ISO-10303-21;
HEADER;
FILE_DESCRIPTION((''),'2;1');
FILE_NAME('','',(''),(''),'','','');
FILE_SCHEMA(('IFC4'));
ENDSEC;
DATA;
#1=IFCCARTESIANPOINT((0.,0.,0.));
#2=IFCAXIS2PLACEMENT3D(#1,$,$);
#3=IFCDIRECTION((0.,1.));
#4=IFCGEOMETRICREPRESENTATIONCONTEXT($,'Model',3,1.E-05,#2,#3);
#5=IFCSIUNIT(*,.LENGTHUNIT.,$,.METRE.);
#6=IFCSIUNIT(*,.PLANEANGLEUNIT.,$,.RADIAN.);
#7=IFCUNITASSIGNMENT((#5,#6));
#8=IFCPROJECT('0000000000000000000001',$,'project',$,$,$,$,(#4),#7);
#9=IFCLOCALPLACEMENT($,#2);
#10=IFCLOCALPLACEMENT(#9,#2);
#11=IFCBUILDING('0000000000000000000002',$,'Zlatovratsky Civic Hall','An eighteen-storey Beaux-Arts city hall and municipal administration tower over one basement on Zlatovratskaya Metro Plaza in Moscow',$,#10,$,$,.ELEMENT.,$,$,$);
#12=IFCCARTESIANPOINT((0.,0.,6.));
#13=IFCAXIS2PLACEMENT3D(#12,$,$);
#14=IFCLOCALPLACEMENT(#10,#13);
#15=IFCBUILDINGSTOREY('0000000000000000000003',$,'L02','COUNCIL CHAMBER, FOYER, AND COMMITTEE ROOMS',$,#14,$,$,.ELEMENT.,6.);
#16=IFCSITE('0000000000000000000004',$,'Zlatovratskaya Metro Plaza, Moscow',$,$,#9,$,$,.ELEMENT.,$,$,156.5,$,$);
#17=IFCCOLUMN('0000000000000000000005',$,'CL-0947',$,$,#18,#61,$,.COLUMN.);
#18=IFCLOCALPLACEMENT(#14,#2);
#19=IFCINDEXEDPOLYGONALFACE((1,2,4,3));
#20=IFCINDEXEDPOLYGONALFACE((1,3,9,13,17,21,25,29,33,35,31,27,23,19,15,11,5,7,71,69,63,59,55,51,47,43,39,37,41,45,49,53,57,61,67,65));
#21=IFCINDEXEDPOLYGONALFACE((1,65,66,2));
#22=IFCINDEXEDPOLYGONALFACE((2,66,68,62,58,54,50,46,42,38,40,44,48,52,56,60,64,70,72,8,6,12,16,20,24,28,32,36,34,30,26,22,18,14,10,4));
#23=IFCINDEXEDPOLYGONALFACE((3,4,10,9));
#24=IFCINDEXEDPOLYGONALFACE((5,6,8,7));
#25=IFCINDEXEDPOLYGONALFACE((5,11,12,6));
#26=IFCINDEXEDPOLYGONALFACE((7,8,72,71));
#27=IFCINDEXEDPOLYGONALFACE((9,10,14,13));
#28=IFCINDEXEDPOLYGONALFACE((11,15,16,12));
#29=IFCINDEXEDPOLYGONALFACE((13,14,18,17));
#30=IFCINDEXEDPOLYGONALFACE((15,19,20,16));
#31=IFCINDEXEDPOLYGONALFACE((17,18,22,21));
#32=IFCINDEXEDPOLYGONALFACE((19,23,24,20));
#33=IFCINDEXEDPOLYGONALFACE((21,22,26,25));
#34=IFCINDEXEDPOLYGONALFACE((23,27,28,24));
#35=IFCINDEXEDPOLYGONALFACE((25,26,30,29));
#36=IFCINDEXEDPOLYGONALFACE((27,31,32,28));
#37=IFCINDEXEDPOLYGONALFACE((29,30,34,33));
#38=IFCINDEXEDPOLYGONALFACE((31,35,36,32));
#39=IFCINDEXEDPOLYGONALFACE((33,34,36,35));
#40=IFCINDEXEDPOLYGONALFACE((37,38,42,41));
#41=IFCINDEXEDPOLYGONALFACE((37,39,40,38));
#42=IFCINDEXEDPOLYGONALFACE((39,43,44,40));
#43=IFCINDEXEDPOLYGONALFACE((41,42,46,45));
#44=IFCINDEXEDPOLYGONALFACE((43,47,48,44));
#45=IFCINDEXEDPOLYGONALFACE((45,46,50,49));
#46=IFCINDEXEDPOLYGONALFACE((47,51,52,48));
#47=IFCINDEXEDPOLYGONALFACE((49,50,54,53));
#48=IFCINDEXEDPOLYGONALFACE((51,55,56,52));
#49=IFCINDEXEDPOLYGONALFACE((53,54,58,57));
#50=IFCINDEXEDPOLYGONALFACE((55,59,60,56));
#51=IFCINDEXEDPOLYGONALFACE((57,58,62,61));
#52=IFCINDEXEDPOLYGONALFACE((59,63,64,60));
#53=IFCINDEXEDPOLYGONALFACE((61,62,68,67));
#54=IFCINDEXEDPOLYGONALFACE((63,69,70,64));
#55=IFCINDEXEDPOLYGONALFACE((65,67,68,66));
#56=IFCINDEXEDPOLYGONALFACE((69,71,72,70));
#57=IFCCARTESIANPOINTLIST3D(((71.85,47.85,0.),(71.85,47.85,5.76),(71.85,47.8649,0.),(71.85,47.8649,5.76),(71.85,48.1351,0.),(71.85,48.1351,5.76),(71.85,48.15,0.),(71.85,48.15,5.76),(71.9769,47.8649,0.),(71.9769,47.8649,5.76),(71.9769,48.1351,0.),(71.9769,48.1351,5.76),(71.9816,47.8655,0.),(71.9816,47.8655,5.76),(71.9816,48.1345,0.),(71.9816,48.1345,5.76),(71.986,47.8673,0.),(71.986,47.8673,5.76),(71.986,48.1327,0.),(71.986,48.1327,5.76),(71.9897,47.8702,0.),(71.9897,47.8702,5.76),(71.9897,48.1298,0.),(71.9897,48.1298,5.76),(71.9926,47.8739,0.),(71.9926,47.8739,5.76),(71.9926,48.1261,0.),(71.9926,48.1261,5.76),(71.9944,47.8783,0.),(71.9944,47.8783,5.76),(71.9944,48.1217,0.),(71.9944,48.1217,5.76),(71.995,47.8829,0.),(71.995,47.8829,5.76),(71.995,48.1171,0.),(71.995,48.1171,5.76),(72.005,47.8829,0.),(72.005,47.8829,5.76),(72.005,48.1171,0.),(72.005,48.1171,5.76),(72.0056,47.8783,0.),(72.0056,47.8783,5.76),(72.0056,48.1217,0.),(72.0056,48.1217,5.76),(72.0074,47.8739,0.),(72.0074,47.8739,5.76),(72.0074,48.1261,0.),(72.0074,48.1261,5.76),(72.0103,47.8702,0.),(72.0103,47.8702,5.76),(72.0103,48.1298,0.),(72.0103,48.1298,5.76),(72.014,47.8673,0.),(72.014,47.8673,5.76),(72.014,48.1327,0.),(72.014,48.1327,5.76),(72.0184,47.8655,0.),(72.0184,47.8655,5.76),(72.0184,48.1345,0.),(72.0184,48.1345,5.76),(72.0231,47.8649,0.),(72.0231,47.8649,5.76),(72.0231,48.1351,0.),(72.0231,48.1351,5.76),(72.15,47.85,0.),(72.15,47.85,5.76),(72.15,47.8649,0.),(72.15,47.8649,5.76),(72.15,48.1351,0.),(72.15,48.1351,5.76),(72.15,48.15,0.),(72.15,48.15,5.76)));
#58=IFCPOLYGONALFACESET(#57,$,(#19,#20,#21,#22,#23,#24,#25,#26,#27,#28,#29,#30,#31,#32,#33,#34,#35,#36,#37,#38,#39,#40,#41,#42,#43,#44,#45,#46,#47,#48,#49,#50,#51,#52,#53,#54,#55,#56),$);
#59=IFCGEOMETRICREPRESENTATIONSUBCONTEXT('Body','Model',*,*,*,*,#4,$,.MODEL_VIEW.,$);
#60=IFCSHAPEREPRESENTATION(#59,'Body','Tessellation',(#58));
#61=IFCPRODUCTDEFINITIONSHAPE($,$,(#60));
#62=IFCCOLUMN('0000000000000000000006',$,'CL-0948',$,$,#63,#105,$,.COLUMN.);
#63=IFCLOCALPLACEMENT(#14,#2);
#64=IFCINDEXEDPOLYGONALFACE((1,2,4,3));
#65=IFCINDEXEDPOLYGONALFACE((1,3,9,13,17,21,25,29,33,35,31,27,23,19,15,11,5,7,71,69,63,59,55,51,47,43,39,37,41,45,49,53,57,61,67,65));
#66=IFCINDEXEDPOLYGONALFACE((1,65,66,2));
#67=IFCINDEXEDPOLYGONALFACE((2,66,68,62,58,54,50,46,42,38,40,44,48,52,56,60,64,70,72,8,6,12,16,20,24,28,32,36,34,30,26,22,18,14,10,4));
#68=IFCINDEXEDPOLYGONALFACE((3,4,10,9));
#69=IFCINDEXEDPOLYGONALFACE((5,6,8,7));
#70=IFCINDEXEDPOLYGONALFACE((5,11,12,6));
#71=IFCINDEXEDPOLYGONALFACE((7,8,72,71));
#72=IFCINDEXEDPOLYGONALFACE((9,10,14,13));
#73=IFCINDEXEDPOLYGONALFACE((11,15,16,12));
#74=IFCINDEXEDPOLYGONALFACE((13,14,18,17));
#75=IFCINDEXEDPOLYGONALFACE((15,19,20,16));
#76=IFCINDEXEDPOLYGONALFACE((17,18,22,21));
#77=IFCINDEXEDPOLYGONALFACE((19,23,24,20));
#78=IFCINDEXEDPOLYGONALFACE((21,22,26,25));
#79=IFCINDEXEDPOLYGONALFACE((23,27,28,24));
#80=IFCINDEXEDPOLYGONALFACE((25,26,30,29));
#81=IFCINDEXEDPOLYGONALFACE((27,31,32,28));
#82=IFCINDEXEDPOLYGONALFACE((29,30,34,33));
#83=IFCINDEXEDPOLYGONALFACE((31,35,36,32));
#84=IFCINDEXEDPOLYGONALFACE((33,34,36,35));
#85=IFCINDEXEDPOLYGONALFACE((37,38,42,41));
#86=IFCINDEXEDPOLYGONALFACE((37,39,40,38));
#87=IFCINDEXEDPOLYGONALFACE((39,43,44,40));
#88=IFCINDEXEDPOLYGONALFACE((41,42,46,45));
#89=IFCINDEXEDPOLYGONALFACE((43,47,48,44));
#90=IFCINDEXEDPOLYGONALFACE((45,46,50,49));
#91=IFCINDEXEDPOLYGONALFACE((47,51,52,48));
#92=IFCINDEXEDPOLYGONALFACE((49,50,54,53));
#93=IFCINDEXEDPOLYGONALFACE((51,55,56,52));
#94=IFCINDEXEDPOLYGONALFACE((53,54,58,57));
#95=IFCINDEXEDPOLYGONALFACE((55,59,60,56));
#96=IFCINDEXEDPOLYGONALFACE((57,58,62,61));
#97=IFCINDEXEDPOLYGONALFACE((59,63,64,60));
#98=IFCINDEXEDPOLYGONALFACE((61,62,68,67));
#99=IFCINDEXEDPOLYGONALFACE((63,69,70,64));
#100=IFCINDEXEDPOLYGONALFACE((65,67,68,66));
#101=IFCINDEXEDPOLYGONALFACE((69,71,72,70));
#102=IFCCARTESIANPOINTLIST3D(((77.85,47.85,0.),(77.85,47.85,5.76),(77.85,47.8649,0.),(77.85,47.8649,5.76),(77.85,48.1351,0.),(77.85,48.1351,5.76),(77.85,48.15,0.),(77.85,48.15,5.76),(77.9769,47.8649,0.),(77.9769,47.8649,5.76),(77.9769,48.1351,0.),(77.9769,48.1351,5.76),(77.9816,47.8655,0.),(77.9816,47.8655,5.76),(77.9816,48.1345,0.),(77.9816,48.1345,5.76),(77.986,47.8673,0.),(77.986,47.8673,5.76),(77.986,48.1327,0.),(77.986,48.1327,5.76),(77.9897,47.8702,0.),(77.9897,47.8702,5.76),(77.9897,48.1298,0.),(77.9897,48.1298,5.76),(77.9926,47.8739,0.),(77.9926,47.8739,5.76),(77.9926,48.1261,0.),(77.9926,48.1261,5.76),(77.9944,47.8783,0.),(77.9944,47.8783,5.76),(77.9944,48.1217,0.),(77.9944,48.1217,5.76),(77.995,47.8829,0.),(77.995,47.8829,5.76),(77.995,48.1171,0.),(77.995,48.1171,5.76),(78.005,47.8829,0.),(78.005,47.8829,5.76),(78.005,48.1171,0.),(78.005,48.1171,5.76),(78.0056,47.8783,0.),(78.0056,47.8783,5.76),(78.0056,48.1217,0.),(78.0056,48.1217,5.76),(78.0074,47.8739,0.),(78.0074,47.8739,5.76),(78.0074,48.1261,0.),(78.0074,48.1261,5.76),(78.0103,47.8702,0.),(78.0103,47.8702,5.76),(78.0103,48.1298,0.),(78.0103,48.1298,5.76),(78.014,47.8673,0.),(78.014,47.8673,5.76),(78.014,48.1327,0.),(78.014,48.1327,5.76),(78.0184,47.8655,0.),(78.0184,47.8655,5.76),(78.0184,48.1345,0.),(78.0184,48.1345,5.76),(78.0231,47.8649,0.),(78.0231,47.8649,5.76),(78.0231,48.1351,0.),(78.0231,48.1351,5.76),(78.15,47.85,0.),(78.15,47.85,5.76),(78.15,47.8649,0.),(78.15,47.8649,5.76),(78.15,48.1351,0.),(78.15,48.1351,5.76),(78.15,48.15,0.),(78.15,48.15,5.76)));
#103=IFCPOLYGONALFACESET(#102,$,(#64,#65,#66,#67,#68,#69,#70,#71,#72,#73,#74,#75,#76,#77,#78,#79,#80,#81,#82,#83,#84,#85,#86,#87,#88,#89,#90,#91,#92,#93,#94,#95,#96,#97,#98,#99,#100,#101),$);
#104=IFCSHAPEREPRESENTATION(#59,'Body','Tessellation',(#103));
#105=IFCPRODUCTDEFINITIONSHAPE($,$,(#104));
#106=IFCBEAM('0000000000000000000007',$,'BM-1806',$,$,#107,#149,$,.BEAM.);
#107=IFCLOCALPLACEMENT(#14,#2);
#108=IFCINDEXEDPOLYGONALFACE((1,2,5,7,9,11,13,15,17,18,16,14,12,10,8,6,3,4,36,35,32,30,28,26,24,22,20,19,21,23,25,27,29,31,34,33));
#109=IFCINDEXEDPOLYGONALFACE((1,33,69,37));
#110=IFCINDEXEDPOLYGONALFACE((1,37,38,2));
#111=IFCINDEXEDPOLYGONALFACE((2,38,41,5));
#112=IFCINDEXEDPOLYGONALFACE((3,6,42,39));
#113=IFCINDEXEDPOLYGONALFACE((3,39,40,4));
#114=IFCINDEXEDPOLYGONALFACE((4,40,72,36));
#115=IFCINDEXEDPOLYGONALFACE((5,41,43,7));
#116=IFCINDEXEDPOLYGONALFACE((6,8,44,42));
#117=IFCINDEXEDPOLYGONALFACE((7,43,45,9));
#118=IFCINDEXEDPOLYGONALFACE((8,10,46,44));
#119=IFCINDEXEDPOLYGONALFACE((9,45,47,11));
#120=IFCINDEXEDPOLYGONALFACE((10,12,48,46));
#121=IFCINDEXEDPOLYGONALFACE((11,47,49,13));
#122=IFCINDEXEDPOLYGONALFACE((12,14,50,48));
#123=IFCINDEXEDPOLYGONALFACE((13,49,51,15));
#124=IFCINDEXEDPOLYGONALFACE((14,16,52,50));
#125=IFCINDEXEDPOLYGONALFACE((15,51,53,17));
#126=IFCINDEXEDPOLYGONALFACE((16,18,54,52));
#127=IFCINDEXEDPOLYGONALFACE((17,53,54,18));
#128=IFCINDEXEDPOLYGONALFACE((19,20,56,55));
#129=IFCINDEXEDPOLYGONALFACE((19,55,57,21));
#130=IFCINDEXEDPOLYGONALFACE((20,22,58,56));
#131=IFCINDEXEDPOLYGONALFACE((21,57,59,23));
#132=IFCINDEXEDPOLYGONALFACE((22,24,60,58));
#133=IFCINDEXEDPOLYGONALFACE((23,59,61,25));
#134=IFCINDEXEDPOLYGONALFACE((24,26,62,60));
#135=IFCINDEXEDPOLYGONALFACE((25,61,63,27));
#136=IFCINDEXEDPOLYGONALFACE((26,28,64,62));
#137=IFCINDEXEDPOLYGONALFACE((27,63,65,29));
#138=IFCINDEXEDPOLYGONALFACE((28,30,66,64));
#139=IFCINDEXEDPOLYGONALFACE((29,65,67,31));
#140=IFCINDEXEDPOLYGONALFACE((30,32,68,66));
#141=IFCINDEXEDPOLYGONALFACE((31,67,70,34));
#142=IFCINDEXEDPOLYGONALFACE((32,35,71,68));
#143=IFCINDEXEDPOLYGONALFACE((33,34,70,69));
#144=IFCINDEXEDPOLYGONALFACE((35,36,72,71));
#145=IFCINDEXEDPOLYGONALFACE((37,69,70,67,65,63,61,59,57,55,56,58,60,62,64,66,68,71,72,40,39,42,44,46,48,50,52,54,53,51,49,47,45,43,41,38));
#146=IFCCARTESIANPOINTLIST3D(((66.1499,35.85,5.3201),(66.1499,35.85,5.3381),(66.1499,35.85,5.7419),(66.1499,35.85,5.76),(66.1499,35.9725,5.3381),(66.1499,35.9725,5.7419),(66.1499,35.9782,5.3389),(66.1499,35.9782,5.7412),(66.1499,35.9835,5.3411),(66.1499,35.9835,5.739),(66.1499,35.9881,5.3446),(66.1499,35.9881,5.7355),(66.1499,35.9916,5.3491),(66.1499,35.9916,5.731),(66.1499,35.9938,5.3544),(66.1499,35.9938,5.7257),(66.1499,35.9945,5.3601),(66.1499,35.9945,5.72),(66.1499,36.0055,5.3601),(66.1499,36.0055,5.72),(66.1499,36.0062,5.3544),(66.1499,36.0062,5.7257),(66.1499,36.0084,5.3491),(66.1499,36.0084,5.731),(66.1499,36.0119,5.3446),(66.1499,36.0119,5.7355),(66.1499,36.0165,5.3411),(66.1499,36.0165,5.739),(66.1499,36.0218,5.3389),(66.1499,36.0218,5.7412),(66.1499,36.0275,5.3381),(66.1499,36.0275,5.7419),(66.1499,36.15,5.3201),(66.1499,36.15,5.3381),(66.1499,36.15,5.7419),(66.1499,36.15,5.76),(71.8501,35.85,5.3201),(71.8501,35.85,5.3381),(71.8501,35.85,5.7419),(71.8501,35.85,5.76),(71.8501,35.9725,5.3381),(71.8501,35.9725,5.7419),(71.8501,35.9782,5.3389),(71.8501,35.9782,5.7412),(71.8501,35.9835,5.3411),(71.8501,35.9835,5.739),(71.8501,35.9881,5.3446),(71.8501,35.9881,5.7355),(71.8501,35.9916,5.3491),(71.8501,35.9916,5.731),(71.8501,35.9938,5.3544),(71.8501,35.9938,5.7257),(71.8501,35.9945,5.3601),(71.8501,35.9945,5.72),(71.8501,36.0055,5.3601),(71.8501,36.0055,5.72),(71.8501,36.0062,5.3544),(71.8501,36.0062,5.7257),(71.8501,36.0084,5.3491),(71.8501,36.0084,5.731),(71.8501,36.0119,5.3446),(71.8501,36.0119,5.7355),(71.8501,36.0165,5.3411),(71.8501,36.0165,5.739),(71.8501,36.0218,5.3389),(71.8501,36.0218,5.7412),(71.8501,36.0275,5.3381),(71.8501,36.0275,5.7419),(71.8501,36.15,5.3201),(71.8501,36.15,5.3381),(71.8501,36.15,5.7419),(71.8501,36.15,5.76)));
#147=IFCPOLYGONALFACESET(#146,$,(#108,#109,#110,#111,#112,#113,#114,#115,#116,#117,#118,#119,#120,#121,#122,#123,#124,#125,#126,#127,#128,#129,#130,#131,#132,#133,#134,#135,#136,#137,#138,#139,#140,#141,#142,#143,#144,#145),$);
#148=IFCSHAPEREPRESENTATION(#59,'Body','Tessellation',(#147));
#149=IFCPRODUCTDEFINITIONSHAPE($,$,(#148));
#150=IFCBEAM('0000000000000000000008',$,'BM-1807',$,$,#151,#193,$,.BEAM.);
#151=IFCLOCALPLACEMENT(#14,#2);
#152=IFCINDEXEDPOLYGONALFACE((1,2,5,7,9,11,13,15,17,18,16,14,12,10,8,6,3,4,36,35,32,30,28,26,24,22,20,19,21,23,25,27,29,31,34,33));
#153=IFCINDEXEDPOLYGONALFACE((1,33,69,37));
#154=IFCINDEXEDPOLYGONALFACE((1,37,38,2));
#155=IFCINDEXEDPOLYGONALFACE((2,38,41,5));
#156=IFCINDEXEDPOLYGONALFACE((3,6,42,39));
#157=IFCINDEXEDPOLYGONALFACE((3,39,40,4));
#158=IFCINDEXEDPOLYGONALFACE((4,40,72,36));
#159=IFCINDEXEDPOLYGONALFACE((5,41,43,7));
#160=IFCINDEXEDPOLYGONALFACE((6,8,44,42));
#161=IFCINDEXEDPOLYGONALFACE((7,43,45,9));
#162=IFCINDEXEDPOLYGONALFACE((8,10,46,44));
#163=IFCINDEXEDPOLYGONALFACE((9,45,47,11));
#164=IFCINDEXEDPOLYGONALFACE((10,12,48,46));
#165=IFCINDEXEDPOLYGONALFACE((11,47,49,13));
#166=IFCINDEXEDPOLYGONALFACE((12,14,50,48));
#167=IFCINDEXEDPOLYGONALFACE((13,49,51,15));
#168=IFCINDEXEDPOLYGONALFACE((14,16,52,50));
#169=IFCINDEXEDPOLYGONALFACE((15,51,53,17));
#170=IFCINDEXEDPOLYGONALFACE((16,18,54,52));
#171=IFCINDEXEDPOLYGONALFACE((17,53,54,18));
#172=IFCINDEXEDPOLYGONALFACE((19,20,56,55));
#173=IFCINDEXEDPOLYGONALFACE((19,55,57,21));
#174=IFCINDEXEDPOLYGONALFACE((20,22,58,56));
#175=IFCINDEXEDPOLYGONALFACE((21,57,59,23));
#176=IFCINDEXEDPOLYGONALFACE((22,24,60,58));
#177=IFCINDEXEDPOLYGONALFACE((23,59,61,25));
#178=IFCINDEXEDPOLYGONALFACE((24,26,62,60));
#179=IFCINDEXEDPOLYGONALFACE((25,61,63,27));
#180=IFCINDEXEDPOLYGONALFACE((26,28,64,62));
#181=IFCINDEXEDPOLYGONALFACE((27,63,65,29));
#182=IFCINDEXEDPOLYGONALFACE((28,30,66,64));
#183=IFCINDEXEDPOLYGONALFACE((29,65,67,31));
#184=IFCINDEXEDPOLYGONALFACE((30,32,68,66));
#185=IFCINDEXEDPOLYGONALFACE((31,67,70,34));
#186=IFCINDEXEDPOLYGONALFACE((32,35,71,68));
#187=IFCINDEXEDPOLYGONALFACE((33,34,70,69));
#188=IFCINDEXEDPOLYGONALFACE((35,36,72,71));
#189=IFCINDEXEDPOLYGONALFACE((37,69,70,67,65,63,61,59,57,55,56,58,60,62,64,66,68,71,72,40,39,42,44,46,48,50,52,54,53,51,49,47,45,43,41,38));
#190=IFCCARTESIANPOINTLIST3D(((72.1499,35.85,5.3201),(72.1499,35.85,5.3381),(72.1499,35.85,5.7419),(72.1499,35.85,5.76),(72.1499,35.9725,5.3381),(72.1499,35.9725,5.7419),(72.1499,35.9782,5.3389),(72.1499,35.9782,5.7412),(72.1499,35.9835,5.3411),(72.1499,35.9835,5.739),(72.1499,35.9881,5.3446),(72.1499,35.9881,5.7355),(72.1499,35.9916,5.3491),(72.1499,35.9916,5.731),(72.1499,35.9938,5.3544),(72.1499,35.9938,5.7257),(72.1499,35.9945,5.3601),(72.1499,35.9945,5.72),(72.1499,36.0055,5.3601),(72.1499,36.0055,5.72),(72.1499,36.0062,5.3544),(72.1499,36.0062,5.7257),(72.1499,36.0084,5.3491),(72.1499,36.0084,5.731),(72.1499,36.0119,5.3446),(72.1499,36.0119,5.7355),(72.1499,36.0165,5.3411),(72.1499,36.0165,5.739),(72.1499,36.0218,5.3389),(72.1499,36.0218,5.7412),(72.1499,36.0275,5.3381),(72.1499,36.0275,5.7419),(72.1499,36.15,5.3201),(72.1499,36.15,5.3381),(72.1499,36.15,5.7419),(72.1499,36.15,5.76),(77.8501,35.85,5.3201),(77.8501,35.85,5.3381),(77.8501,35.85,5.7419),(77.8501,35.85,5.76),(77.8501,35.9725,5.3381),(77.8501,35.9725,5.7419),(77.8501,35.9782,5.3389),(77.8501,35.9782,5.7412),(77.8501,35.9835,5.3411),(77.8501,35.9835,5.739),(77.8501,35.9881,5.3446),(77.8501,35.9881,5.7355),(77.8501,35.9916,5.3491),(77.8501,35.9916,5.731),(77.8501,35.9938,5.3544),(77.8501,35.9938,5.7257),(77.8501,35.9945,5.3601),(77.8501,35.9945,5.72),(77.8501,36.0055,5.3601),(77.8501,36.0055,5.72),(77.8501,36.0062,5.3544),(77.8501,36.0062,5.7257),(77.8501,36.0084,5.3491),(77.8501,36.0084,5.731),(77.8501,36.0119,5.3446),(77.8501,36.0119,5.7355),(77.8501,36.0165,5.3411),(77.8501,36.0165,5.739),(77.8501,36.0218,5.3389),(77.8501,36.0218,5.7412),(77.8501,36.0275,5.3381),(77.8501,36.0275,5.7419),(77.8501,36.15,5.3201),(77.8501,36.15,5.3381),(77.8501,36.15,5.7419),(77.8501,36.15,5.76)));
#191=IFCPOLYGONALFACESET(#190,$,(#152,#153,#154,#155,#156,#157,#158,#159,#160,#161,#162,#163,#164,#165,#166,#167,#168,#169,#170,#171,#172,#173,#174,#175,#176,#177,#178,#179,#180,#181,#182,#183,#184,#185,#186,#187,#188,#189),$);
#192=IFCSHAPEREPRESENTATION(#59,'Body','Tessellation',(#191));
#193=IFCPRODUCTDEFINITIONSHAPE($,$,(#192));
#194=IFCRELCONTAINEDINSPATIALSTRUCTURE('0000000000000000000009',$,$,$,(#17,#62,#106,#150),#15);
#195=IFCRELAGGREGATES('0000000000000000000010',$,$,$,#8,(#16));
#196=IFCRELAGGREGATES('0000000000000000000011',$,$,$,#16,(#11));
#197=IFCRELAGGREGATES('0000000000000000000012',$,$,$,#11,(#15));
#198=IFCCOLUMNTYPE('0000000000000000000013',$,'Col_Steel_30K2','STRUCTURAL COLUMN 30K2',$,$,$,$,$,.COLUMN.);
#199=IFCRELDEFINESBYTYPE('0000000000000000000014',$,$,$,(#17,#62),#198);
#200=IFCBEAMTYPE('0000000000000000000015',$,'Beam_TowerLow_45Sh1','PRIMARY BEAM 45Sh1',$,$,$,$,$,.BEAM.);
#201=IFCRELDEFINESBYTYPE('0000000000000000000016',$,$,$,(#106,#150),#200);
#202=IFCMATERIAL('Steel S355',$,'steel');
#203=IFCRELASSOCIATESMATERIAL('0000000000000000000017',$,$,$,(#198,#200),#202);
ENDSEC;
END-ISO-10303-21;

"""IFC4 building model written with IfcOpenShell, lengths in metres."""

from ifc_helpers import new_model, si_unit, direction, frame, origin, origin_2d, place, context, subcontext, project, spatial, i_section, extrude, material, material_profile, profile_set, type_object, element, save


model = new_model("IFC4")

# Units and contexts
model_context = context("Model", 3, precision=1e-05, world=origin(), true_north=direction((0.0, 1.0)))
body_context = subcontext(model_context, "Body", "Model", "MODEL_VIEW")
ifc_project = project(units=[si_unit("LENGTHUNIT", "METRE"), si_unit("PLANEANGLEUNIT", "RADIAN")], contexts=[model_context])

# Site, building, storey
site_placement = place(None, origin())
site = spatial("IfcSite", under=ifc_project, at=site_placement, Name="Zlatovratskaya Metro Plaza, Moscow", CompositionType="ELEMENT", RefElevation=156.5)
building_placement = place(site_placement, origin())
building = spatial("IfcBuilding", under=site, at=building_placement, Name="Zlatovratsky Civic Hall", Description="An eighteen-storey Beaux-Arts city hall and municipal administration tower over one basement on Zlatovratskaya Metro Plaza in Moscow", CompositionType="ELEMENT")
storey_placement = place(building_placement, frame((0.0, 0.0, 6.0)))
storey = spatial("IfcBuildingStorey", under=building, at=storey_placement, Name="L02", Description="COUNCIL CHAMBER, FOYER, AND COMMITTEE ROOMS", CompositionType="ELEMENT", Elevation=6.0)

# Columns
ifc_material_1 = material(Name="Steel S355", Category="steel")
ifc_material_profile_1 = material_profile(ifc_material_1, i_section(OverallWidth=0.3, OverallDepth=0.3, WebThickness=0.01, FlangeThickness=0.0149, FilletRadius=0.0181, at=origin_2d()), Name="30K2")
ifc_profile_set_1 = profile_set([ifc_material_profile_1], Name="Steel S355")
column_type_1 = type_object("IfcColumnType", Name="Col_Steel_30K2", Description="STRUCTURAL COLUMN 30K2", PredefinedType="COLUMN", material=ifc_profile_set_1)
for number, where, z_axis, x_axis, name in (
    (1, (72.0, 48.0, 0.0), (0.0, 0.0, 1.0), (1.0, 0.0, 0.0), "CL-0947"),
    (2, (78.0, 48.0, 0.0), (0.0, 0.0, 1.0), (1.0, 0.0, 0.0), "CL-0948"),
):
    element("IfcColumn", number, at=place(storey_placement, frame(where, z_axis=z_axis, x_axis=x_axis)), inside=storey, type_object=column_type_1, Name=name, PredefinedType="COLUMN", context=body_context, shape_type="SweptSolid", body=[
        extrude(i_section(OverallWidth=0.3, OverallDepth=0.3, WebThickness=0.01, FlangeThickness=0.0149, FilletRadius=0.0181, at=origin_2d()), origin(), (0.0, 0.0, 1.0), 5.76),
    ])

# Beams
ifc_material_profile_2 = material_profile(ifc_material_1, i_section(OverallWidth=0.3, OverallDepth=0.4399, WebThickness=0.011, FlangeThickness=0.0181, FilletRadius=0.022, at=origin_2d()), Name="45Sh1")
ifc_profile_set_2 = profile_set([ifc_material_profile_2], Name="Steel S355")
beam_type = type_object("IfcBeamType", Name="Beam_TowerLow_45Sh1", Description="PRIMARY BEAM 45Sh1", PredefinedType="BEAM", material=ifc_profile_set_2)
for number, where, z_axis, x_axis, name in (
    (3, (66.1499, 36.0, 5.54), (1.0, 0.0, 0.0), (0.0, 1.0, 0.0), "BM-1806"),
    (4, (72.1499, 36.0, 5.54), (1.0, 0.0, 0.0), (0.0, 1.0, 0.0), "BM-1807"),
):
    element("IfcBeam", number, at=place(storey_placement, frame(where, z_axis=z_axis, x_axis=x_axis)), inside=storey, type_object=beam_type, Name=name, PredefinedType="BEAM", context=body_context, shape_type="SweptSolid", body=[
        extrude(i_section(OverallWidth=0.3, OverallDepth=0.4399, WebThickness=0.011, FlangeThickness=0.0181, FilletRadius=0.022, at=origin_2d()), origin(), (0.0, 0.0, 1.0), 5.7002),
    ])

save(model, "model.ifc")
